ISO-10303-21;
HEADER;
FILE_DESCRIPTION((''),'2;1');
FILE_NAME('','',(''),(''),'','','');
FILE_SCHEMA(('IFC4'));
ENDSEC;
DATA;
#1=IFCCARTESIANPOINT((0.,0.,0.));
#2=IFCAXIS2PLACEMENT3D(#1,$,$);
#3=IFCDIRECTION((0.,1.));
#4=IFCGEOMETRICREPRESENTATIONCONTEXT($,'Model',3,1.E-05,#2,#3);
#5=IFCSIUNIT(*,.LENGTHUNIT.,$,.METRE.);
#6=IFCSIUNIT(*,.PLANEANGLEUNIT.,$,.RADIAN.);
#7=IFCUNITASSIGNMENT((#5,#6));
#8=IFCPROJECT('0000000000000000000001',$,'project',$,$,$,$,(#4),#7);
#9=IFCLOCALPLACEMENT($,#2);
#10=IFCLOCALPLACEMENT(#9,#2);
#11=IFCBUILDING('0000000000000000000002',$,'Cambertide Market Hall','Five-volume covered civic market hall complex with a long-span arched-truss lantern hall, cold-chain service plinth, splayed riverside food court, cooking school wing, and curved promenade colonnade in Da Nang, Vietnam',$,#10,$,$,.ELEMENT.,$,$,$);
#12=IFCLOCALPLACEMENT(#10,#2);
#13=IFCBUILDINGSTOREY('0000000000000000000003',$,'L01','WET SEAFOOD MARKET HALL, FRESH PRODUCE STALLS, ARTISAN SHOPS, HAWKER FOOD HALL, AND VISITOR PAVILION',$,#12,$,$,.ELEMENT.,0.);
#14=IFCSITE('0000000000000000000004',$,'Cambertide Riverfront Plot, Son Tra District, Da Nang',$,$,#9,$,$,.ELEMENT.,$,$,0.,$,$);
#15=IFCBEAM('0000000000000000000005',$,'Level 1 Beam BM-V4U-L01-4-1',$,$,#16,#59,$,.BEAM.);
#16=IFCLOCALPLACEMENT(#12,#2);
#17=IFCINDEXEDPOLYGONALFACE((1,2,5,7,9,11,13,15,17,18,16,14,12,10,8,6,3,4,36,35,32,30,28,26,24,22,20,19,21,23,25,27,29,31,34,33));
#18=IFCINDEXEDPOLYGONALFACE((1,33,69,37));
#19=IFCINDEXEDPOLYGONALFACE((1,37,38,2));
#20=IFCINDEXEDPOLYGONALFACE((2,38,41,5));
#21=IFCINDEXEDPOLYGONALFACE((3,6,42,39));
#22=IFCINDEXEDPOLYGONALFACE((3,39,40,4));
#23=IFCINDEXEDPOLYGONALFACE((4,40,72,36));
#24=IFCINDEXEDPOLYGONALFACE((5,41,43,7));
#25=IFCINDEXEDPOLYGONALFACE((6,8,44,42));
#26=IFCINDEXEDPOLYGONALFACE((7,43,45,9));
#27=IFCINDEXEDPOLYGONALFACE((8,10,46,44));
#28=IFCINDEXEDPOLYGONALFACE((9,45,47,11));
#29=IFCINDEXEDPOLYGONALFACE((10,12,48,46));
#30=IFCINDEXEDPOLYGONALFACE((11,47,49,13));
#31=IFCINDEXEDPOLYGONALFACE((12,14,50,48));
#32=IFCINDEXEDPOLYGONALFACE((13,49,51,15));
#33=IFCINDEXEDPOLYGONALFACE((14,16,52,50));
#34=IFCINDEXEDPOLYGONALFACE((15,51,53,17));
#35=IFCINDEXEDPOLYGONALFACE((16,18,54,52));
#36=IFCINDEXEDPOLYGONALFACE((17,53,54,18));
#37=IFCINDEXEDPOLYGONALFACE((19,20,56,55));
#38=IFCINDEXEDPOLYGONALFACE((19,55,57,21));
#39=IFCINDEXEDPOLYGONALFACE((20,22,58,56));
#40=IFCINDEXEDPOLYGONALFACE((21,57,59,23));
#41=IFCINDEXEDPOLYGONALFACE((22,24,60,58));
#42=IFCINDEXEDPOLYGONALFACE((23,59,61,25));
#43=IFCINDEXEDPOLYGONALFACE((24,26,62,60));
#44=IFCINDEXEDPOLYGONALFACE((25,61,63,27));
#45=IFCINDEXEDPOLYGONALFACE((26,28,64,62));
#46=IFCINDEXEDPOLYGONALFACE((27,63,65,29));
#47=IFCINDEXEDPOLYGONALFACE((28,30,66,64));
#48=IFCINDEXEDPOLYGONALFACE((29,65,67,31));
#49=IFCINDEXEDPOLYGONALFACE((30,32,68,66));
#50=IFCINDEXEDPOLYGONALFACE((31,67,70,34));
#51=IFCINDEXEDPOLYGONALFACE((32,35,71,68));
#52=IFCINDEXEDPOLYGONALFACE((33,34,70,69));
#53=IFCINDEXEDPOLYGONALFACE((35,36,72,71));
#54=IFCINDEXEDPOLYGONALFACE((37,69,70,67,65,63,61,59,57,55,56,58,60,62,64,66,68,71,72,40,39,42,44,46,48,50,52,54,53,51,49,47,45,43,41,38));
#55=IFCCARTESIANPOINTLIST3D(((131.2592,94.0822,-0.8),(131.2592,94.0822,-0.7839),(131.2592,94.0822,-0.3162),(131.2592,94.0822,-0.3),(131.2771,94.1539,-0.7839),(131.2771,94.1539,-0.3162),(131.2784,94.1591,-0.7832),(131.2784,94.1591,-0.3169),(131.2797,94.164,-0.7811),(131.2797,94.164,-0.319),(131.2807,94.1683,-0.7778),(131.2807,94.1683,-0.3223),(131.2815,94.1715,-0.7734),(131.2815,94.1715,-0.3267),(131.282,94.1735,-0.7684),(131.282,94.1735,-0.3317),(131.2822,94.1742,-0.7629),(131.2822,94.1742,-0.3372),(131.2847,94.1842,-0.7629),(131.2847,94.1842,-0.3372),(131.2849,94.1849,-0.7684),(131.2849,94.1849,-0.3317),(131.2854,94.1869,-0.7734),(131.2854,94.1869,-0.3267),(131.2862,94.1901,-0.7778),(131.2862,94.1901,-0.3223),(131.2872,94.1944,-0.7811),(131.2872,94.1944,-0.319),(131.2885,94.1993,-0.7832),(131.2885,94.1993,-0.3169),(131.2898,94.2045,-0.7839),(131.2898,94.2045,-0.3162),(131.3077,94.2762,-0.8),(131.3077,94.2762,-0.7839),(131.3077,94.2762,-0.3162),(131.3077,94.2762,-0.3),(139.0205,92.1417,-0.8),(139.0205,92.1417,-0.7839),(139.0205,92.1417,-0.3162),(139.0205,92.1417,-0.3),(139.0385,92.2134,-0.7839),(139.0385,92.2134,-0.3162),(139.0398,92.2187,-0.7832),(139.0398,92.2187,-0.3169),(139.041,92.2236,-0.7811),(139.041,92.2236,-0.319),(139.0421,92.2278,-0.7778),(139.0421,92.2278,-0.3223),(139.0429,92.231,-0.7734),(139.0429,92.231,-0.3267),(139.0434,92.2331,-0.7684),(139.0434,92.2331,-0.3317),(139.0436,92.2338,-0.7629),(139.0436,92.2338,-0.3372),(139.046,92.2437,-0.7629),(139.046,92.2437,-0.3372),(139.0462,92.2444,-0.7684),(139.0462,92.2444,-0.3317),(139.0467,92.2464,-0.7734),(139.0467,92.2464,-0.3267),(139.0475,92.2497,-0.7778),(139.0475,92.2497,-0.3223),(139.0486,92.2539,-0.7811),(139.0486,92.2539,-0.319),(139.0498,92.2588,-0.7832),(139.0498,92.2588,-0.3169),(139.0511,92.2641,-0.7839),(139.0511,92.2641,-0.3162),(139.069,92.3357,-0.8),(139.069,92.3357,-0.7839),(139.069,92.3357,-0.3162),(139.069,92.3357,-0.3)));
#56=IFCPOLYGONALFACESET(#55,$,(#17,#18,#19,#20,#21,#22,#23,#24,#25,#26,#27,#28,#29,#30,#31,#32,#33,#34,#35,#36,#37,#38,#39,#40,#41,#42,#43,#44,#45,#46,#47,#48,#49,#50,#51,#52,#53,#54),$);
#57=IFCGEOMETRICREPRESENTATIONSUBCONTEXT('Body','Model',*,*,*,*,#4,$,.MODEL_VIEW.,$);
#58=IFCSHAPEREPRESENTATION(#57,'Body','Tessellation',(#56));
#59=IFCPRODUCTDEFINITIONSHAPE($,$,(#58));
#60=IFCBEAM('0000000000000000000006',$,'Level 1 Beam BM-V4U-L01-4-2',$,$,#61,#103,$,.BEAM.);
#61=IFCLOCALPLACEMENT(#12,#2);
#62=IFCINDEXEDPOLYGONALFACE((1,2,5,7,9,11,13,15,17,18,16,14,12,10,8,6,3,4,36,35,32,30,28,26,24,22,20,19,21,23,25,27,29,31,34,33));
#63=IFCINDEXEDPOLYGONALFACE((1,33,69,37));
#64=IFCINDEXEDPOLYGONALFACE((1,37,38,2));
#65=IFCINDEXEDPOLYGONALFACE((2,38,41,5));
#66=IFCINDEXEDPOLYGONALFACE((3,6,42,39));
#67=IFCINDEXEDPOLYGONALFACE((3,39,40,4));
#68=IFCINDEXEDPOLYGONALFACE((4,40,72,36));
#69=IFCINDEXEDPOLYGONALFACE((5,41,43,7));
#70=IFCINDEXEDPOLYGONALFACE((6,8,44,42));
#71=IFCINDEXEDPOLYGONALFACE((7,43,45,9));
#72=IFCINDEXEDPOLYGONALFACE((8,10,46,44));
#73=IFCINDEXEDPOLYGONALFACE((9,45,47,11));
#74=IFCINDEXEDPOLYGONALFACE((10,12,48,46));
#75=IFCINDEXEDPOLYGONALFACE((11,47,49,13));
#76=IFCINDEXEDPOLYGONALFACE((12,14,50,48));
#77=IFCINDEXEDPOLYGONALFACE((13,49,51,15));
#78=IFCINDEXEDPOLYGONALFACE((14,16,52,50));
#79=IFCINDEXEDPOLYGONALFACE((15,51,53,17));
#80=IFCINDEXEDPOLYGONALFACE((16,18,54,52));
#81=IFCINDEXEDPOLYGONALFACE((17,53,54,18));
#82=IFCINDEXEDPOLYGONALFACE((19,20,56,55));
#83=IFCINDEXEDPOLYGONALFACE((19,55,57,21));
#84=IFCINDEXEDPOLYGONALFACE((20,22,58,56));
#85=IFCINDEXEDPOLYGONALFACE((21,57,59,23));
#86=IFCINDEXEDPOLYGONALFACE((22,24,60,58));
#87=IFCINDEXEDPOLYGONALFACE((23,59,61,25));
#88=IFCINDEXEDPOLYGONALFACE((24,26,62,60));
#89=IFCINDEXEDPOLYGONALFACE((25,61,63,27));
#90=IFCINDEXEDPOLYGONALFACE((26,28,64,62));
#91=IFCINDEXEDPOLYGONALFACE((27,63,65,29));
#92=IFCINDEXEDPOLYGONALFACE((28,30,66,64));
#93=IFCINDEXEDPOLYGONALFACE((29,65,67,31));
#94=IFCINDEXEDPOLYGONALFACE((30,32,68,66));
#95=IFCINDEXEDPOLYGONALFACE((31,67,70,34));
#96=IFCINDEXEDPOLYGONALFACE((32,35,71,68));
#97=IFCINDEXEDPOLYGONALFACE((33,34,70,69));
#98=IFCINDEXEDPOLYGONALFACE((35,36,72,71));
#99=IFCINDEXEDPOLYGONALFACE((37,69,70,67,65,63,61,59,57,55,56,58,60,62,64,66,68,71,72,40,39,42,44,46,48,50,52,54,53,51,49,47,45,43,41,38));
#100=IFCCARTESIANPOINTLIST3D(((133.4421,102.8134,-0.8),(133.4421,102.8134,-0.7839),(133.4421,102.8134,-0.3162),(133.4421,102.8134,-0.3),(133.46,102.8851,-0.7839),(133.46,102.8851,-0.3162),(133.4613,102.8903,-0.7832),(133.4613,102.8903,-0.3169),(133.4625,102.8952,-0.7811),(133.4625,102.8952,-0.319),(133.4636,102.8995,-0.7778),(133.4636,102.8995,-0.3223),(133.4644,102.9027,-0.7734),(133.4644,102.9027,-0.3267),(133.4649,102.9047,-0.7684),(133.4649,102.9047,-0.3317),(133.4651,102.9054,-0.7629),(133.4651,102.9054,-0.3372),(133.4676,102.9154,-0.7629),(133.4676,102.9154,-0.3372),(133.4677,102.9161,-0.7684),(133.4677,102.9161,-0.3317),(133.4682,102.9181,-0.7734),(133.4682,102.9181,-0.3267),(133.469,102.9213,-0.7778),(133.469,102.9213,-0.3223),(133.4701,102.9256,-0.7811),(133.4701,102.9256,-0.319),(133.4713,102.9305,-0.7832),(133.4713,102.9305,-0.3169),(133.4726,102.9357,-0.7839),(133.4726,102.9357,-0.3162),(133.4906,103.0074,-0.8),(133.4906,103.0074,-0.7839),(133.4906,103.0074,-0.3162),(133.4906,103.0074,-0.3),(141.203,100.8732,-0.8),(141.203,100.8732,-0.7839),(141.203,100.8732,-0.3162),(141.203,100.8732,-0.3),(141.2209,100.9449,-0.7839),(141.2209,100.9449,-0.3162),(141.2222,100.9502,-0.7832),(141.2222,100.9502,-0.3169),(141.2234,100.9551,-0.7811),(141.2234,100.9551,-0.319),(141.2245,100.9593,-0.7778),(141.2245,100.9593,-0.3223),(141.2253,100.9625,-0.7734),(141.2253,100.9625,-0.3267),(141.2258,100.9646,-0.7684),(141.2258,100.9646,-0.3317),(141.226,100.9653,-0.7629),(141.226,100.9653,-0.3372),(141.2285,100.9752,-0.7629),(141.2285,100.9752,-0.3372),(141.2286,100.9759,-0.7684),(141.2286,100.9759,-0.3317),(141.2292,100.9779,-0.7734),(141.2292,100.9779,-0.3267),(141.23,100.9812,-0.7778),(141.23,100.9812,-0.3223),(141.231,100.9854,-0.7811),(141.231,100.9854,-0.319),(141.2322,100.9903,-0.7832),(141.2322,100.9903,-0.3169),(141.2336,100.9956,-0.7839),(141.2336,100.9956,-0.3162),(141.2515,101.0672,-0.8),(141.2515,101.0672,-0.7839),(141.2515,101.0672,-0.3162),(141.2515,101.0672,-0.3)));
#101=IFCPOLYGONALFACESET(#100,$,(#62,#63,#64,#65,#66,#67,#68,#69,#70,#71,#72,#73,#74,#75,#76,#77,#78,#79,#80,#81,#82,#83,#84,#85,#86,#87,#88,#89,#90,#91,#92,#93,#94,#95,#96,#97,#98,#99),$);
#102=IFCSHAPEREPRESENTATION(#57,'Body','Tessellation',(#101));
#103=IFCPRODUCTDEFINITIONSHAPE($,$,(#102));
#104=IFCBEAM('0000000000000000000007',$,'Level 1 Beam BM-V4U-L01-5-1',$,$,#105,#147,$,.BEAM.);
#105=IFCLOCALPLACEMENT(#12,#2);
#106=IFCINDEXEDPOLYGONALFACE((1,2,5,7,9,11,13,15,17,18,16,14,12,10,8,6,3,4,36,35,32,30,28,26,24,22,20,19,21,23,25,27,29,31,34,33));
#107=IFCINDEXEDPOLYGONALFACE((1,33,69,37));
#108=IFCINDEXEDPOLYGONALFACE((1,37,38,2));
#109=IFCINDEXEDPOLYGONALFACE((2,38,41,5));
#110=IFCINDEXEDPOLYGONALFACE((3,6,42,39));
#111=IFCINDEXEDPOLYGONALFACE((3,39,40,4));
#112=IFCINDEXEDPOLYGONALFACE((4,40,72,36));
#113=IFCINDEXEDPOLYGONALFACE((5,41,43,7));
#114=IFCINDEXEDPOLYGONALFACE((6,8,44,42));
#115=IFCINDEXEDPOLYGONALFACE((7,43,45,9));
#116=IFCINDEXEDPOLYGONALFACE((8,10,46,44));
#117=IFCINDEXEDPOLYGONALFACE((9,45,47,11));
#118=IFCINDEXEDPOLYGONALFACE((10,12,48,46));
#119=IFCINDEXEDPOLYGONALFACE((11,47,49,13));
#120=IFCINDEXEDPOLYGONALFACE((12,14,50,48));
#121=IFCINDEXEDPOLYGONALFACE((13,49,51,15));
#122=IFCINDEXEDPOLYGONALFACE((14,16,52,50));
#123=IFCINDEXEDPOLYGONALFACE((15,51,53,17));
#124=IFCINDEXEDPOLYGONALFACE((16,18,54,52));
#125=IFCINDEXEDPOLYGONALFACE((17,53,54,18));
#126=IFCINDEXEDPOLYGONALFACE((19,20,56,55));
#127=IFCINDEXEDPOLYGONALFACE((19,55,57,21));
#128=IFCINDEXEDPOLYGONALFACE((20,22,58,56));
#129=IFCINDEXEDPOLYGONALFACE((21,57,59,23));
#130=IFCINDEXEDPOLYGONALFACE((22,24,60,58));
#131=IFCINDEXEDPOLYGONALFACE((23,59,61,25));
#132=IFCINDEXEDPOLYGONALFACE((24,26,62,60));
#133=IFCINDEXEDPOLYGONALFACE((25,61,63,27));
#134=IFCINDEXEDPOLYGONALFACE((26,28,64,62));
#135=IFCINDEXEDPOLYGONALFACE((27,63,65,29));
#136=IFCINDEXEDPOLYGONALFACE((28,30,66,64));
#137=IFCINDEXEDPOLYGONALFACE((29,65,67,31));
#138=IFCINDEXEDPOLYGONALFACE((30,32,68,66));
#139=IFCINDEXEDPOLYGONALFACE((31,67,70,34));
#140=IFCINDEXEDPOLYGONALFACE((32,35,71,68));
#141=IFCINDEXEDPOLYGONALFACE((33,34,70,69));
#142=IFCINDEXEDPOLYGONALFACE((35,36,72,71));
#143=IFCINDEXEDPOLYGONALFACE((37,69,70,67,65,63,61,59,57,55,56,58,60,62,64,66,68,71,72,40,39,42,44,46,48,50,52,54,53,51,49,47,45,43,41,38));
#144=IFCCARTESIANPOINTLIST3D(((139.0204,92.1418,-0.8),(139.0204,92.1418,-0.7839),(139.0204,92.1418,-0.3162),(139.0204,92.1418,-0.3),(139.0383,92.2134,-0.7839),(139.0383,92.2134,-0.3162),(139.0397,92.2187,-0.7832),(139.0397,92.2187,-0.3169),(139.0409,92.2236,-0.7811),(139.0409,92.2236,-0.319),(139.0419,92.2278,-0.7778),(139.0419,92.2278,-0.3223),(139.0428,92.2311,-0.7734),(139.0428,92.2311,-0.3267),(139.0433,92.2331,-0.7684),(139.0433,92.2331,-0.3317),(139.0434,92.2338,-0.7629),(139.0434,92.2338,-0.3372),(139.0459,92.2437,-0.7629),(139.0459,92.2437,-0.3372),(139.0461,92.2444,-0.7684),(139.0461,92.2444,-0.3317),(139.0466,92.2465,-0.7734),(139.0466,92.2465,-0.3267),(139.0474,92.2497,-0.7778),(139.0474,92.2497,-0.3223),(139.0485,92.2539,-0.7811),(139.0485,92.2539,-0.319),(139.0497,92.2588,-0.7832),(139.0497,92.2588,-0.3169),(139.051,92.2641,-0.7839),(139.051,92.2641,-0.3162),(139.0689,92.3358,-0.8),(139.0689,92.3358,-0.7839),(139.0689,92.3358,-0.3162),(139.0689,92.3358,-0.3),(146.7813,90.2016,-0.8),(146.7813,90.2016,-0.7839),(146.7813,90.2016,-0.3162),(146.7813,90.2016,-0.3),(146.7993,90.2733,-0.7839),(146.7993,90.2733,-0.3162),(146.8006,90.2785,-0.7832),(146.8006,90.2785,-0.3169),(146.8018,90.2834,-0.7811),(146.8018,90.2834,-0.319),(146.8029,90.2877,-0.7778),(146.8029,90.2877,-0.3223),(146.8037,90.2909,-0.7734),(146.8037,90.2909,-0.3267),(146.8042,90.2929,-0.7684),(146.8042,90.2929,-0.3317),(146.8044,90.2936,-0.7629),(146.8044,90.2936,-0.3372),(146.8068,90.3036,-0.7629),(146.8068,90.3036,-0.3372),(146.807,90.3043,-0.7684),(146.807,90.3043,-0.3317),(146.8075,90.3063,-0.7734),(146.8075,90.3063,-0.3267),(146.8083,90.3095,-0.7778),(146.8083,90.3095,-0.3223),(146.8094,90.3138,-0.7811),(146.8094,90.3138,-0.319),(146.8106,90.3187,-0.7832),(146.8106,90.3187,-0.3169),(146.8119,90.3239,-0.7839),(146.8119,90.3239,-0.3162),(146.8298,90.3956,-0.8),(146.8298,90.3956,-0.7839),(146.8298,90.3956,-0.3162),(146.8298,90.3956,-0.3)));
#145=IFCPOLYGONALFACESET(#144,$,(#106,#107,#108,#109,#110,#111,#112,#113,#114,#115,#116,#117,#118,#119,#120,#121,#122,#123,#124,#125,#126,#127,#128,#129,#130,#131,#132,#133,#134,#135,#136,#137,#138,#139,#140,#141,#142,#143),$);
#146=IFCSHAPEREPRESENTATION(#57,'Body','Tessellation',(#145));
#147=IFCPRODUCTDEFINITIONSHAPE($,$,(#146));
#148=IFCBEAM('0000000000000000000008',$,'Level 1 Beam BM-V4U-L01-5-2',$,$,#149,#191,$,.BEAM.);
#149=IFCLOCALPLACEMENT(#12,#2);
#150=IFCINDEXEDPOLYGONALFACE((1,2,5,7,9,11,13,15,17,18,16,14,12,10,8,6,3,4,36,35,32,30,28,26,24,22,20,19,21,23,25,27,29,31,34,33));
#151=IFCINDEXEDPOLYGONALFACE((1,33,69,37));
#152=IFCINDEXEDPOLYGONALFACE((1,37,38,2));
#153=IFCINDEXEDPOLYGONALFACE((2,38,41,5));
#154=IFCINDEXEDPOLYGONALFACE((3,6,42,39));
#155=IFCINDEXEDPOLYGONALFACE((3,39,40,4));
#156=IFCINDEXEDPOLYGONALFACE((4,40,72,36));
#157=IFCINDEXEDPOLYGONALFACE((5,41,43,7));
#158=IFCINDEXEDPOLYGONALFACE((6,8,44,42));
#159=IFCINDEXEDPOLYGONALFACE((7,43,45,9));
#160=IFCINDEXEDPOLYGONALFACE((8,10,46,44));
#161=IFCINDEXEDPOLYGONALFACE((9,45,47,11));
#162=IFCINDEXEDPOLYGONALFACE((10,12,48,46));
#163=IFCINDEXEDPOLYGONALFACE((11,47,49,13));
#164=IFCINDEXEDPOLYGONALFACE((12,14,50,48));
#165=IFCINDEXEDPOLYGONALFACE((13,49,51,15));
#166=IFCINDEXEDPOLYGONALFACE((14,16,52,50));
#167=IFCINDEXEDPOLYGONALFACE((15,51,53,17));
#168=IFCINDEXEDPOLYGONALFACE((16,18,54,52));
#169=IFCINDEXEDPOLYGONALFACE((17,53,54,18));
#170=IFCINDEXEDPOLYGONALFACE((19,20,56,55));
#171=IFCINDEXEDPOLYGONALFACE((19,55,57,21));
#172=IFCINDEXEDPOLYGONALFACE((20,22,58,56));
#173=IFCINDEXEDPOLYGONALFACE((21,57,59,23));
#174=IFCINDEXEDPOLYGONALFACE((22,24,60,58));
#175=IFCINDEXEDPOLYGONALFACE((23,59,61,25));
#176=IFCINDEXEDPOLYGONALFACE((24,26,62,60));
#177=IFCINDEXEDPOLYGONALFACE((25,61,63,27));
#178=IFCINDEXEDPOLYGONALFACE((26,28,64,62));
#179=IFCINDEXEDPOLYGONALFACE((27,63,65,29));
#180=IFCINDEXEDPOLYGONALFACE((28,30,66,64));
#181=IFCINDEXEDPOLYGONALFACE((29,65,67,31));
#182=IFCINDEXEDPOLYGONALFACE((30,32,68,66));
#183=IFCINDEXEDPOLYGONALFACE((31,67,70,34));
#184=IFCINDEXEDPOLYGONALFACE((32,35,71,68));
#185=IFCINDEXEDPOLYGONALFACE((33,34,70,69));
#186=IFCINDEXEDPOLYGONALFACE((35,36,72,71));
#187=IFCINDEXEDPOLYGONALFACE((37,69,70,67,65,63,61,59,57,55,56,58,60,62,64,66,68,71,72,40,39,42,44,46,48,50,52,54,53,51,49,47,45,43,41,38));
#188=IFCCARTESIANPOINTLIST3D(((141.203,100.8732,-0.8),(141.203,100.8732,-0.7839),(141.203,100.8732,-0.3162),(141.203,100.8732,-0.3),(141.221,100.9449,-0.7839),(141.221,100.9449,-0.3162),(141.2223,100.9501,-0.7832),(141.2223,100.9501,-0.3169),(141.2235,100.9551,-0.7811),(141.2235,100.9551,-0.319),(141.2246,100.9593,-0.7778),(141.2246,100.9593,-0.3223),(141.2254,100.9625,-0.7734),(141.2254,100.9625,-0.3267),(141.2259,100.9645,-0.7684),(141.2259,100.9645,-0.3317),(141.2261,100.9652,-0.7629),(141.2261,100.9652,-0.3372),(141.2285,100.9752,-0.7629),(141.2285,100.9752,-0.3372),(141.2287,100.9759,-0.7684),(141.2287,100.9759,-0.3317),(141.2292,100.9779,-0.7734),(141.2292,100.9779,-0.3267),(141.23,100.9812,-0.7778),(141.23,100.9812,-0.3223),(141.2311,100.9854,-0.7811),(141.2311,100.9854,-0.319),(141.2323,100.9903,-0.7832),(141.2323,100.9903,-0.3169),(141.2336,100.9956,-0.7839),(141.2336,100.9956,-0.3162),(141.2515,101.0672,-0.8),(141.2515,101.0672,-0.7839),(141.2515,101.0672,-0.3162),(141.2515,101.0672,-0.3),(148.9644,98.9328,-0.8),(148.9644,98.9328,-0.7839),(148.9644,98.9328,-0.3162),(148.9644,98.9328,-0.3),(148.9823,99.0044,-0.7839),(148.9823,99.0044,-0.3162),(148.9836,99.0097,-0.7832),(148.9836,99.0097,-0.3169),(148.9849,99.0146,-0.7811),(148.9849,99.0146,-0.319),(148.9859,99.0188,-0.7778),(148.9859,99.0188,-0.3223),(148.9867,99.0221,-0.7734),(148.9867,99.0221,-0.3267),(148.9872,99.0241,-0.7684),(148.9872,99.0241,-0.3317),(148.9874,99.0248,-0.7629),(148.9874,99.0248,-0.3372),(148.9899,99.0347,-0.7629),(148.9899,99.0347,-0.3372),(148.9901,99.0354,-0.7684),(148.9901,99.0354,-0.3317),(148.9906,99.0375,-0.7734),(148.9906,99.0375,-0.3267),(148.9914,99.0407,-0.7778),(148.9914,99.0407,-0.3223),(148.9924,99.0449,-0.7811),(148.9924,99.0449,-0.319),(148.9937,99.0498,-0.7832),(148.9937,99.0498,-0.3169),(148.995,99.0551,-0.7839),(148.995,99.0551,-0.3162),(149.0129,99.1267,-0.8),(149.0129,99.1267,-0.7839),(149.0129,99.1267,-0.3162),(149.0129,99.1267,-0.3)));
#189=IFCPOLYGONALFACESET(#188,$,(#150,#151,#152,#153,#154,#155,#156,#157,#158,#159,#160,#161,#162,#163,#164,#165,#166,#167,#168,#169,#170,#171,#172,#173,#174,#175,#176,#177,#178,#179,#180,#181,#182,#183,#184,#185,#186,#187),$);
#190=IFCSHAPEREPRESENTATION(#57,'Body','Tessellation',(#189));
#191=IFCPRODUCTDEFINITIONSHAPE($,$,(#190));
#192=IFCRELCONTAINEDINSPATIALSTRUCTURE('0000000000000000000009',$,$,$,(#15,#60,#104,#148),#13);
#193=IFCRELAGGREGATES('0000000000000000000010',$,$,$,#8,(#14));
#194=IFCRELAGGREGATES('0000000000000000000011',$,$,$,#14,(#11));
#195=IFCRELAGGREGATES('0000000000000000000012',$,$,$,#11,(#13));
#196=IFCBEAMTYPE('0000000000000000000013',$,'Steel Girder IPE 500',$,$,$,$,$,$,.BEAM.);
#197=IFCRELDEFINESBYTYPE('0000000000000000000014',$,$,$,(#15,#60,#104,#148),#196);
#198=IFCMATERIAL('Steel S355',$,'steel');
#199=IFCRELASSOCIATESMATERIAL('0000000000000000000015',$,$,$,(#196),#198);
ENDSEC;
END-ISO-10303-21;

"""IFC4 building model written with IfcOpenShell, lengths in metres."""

from ifc_helpers import new_model, si_unit, direction, frame, origin, origin_2d, place, context, subcontext, project, spatial, i_section, extrude, material, material_profile, profile_set, type_object, element, save


model = new_model("IFC4")

# Units and contexts
model_context = context("Model", 3, precision=1e-05, world=origin(), true_north=direction((0.0, 1.0)))
body_context = subcontext(model_context, "Body", "Model", "MODEL_VIEW")
ifc_project = project(units=[si_unit("LENGTHUNIT", "METRE"), si_unit("PLANEANGLEUNIT", "RADIAN")], contexts=[model_context])

# Site, building, storey
site_placement = place(None, origin())
site = spatial("IfcSite", under=ifc_project, at=site_placement, Name="Cambertide Riverfront Plot, Son Tra District, Da Nang", CompositionType="ELEMENT", RefElevation=0.0)
building_placement = place(site_placement, origin())
building = spatial("IfcBuilding", under=site, at=building_placement, Name="Cambertide Market Hall", Description="Five-volume covered civic market hall complex with a long-span arched-truss lantern hall, cold-chain service plinth, splayed riverside food court, cooking school wing, and curved promenade colonnade in Da Nang, Vietnam", CompositionType="ELEMENT")
storey_placement = place(building_placement, origin())
storey = spatial("IfcBuildingStorey", under=building, at=storey_placement, Name="L01", Description="WET SEAFOOD MARKET HALL, FRESH PRODUCE STALLS, ARTISAN SHOPS, HAWKER FOOD HALL, AND VISITOR PAVILION", CompositionType="ELEMENT", Elevation=0.0)

# Beams
ifc_material_1 = material(Name="Steel S355", Category="steel")
ifc_material_profile_1 = material_profile(ifc_material_1, i_section(OverallWidth=0.2, OverallDepth=0.5, WebThickness=0.0103, FlangeThickness=0.0161, FilletRadius=0.021, at=origin_2d()), Name="IPE 500")
ifc_profile_set_1 = profile_set([ifc_material_profile_1], Name="Steel S355")
beam_type_1 = type_object("IfcBeamType", Name="Steel Girder IPE 500", PredefinedType="BEAM", material=ifc_profile_set_1)
beam_1_placement = place(storey_placement, frame((131.2834, 94.1792, -0.55), z_axis=(0.970139, -0.24255, 0.0), x_axis=(0.24255, 0.970139, 0.0)))
element("IfcBeam", 1, at=beam_1_placement, inside=storey, type_object=beam_type_1, Name="Level 1 Beam BM-V4U-L01-4-1", PredefinedType="BEAM", context=body_context, shape_type="SweptSolid", body=[
    extrude(i_section(OverallWidth=0.2, OverallDepth=0.5, WebThickness=0.0103, FlangeThickness=0.0161, FilletRadius=0.021, at=origin_2d()), origin(), (0.0, 0.0, 1.0), 8.0002),
])
for number, where, z_axis, x_axis, name in (
    (2, (133.4663, 102.9104, -0.55), (0.970144, -0.242528, 0.0), (0.242528, 0.970144, 0.0), "Level 1 Beam BM-V4U-L01-4-2"),
    (3, (139.0447, 92.2388, -0.55), (0.970144, -0.242528, 0.0), (0.242528, 0.970144, 0.0), "Level 1 Beam BM-V4U-L01-5-1"),
):
    element("IfcBeam", number, at=place(storey_placement, frame(where, z_axis=z_axis, x_axis=x_axis)), inside=storey, type_object=beam_type_1, Name=name, PredefinedType="BEAM", context=body_context, shape_type="SweptSolid", body=[
        extrude(i_section(OverallWidth=0.2, OverallDepth=0.5, WebThickness=0.0103, FlangeThickness=0.0161, FilletRadius=0.021, at=origin_2d()), origin(), (0.0, 0.0, 1.0), 7.9998),
    ])
beam_2_placement = place(storey_placement, frame((141.2273, 100.9702, -0.55), z_axis=(0.970139, -0.24255, 0.0), x_axis=(0.24255, 0.970139, 0.0)))
element("IfcBeam", 4, at=beam_2_placement, inside=storey, type_object=beam_type_1, Name="Level 1 Beam BM-V4U-L01-5-2", PredefinedType="BEAM", context=body_context, shape_type="SweptSolid", body=[
    extrude(i_section(OverallWidth=0.2, OverallDepth=0.5, WebThickness=0.0103, FlangeThickness=0.0161, FilletRadius=0.021, at=origin_2d()), origin(), (0.0, 0.0, 1.0), 8.0002),
])

save(model, "model.ifc")
